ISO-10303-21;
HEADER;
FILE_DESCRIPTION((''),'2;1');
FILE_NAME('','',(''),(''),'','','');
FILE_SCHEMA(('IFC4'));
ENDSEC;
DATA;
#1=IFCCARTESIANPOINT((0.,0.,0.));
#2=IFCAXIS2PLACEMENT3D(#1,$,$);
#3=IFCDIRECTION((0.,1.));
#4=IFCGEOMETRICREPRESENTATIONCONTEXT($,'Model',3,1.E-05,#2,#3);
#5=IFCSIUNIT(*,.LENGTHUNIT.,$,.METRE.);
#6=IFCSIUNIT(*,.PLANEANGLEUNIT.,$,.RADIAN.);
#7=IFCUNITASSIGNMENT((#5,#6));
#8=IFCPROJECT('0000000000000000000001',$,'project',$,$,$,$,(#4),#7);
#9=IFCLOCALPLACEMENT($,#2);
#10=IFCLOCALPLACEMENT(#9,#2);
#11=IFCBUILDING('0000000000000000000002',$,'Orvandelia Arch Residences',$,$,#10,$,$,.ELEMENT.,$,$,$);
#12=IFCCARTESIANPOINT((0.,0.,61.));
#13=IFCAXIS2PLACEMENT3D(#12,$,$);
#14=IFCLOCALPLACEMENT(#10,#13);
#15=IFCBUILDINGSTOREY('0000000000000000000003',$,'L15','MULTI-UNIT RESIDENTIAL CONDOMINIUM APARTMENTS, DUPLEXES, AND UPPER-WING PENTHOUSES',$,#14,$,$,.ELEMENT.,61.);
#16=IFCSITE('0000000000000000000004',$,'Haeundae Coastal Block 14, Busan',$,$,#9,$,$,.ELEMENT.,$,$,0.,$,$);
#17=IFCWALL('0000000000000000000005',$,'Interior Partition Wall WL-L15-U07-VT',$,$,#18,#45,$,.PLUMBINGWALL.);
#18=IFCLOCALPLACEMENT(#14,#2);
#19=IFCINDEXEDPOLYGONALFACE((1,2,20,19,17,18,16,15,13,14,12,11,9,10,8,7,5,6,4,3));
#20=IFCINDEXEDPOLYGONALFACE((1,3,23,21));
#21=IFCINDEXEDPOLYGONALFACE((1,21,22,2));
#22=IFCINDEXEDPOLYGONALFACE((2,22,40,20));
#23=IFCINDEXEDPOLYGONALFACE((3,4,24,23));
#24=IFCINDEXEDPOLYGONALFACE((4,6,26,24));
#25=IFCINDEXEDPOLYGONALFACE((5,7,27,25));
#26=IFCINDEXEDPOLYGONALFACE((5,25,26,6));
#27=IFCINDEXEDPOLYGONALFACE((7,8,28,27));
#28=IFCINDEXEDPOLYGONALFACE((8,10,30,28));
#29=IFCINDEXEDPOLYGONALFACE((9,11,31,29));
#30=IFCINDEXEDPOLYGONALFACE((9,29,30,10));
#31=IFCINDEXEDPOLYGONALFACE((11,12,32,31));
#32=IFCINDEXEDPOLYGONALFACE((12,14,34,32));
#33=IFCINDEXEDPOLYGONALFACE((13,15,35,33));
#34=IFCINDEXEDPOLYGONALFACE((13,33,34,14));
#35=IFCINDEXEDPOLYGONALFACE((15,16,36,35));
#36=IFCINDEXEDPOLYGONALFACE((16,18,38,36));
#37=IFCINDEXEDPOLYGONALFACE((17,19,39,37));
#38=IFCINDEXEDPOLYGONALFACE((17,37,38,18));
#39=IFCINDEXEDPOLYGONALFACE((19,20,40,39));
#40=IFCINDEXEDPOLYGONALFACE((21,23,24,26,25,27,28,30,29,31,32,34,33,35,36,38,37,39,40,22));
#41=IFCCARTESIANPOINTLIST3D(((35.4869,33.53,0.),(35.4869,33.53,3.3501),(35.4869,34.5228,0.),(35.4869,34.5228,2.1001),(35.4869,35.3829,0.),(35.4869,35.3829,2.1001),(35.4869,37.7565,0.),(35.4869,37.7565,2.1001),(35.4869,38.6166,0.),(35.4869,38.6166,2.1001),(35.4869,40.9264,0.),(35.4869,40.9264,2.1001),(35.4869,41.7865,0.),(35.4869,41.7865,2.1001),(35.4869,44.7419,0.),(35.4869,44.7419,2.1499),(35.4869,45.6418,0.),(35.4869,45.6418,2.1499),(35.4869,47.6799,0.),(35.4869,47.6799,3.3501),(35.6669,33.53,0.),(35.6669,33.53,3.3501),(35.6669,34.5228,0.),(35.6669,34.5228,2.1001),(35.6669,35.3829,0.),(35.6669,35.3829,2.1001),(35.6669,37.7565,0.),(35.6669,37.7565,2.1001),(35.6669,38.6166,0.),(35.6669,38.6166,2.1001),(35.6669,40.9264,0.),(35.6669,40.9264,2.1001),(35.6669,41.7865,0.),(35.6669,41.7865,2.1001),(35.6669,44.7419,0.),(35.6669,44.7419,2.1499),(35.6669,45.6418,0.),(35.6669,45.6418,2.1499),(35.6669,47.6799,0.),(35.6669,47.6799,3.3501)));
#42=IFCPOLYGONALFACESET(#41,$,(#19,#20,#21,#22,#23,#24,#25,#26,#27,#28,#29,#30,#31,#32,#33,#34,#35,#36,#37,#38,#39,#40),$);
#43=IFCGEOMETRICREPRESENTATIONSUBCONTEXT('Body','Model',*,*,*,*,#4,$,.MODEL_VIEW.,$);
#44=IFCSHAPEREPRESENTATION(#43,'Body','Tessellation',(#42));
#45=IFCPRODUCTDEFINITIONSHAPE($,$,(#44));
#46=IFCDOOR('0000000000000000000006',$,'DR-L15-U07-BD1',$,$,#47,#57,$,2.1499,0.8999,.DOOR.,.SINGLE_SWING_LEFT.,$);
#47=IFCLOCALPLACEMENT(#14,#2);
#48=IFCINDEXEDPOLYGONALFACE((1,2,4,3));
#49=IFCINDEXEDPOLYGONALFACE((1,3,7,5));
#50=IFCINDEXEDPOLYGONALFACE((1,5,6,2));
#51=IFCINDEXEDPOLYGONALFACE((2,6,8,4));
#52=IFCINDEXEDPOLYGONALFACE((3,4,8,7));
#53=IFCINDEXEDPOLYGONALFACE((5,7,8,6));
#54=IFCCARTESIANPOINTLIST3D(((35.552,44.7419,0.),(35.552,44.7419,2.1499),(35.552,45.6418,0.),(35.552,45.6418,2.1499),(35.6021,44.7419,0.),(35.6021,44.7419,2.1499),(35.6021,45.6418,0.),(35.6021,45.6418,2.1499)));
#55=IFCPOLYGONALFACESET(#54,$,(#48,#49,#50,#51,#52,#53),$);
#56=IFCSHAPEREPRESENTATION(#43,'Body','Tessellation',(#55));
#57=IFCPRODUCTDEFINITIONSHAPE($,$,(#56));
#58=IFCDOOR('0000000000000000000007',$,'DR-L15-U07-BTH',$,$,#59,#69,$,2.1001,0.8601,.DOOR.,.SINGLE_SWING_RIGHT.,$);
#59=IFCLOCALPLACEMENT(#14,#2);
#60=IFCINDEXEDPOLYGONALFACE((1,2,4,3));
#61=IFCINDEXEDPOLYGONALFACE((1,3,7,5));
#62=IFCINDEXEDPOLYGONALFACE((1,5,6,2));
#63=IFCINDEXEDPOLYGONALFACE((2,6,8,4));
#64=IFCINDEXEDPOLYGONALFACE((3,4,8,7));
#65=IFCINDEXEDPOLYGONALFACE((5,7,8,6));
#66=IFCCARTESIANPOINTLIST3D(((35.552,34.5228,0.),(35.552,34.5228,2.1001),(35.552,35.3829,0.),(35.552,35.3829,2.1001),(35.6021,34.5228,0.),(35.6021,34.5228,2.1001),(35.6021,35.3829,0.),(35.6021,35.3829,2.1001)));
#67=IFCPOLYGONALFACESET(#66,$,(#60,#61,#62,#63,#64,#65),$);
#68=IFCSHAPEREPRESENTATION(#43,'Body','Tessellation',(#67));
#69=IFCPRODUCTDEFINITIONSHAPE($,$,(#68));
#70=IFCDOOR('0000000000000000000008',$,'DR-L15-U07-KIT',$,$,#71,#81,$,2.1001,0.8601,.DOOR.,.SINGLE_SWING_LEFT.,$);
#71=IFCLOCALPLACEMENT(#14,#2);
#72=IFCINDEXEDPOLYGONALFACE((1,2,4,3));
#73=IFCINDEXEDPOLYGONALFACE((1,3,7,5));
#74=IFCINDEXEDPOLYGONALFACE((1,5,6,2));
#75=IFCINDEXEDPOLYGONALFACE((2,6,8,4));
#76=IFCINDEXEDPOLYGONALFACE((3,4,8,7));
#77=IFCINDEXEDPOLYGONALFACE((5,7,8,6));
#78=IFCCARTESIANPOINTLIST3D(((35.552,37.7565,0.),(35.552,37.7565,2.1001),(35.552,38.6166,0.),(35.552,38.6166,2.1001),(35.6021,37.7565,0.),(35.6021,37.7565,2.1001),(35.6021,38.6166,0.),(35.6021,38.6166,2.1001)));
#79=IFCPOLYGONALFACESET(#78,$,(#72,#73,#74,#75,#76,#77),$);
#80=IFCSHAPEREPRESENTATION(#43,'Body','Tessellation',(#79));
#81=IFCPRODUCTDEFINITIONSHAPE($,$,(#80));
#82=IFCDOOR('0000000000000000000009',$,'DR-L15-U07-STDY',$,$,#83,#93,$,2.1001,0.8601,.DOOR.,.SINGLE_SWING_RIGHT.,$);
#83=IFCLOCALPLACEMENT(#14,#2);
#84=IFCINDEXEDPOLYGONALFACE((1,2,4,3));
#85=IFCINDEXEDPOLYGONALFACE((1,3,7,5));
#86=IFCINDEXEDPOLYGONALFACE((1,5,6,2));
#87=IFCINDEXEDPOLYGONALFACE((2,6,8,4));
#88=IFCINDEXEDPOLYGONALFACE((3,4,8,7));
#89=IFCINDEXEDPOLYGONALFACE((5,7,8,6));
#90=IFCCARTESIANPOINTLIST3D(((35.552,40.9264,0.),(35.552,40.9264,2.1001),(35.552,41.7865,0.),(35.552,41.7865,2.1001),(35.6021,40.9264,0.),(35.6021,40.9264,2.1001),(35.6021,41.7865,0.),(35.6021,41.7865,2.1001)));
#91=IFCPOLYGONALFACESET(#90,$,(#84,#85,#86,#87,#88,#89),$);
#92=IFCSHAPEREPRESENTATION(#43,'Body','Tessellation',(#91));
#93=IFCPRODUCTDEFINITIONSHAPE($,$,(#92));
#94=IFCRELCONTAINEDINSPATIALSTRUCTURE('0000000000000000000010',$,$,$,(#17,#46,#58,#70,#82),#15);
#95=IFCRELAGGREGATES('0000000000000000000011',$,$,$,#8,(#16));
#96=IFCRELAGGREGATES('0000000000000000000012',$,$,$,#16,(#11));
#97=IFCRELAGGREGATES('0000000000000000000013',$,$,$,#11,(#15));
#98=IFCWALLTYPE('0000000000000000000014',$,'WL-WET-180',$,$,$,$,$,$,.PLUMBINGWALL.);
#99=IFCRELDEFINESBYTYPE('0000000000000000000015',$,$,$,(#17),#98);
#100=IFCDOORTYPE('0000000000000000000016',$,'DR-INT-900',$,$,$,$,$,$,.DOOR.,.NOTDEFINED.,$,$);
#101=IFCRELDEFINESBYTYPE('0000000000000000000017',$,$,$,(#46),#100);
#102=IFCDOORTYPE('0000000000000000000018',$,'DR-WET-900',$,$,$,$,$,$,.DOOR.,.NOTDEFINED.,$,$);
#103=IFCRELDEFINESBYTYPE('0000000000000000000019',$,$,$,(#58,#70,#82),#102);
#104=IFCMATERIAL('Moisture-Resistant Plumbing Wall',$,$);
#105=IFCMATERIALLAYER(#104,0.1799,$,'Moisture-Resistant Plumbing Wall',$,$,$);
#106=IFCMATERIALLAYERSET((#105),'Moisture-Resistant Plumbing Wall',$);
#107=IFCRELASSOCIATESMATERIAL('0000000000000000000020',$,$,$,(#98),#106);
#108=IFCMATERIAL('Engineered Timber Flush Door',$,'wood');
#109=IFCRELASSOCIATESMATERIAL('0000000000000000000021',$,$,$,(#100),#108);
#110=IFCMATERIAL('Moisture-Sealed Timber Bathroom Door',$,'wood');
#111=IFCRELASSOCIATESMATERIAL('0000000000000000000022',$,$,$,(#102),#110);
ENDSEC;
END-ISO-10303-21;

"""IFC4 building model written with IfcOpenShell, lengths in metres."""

from ifc_helpers import new_model, si_unit, direction, frame, frame_2d, origin, place, context, subcontext, project, spatial, rectangle, extrude, material, layer, layer_set, type_object, element, fill, save


model = new_model("IFC4")

# Units and contexts
model_context = context("Model", 3, precision=1e-05, world=origin(), true_north=direction((0.0, 1.0)))
body_context = subcontext(model_context, "Body", "Model", "MODEL_VIEW")
ifc_project = project(units=[si_unit("LENGTHUNIT", "METRE"), si_unit("PLANEANGLEUNIT", "RADIAN")], contexts=[model_context])

# Site, building, storey
site_placement = place(None, origin())
site = spatial("IfcSite", under=ifc_project, at=site_placement, Name="Haeundae Coastal Block 14, Busan", CompositionType="ELEMENT", RefElevation=0.0)
building_placement = place(site_placement, origin())
building = spatial("IfcBuilding", under=site, at=building_placement, Name="Orvandelia Arch Residences", CompositionType="ELEMENT")
storey_placement = place(building_placement, frame((0.0, 0.0, 61.0)))
storey = spatial("IfcBuildingStorey", under=building, at=storey_placement, Name="L15", Description="MULTI-UNIT RESIDENTIAL CONDOMINIUM APARTMENTS, DUPLEXES, AND UPPER-WING PENTHOUSES", CompositionType="ELEMENT", Elevation=61.0)

# Wall, openings, doors
ifc_material_1 = material(Name="Moisture-Resistant Plumbing Wall")
ifc_layer_1 = layer(ifc_material_1, 0.1799, Name="Moisture-Resistant Plumbing Wall")
ifc_layer_set_1 = layer_set([ifc_layer_1], Name="Moisture-Resistant Plumbing Wall")
wall_type_1 = type_object("IfcWallType", Name="WL-WET-180", PredefinedType="PLUMBINGWALL", material=ifc_layer_set_1)
wall_1_placement = place(storey_placement, frame((35.5769, 33.53, 0.0), z_axis=(0.0, 0.0, 1.0), x_axis=(0.0, 1.0, 0.0)))
wall_1 = element("IfcWall", 1, at=wall_1_placement, inside=storey, type_object=wall_type_1, Name="Interior Partition Wall WL-L15-U07-VT", PredefinedType="PLUMBINGWALL", context=body_context, shape_type="SweptSolid", body=[
    extrude(rectangle(XDim=14.1499, YDim=0.1799, at=frame_2d((7.075, 0.0))), origin(), (0.0, 0.0, 1.0), 3.3501),
])
opening_1_placement = place(wall_1_placement, frame((0.9927, 0.0, 0.0)))
opening_1 = element("IfcOpeningElement", 2, at=opening_1_placement, cuts=wall_1, PredefinedType="OPENING", context=body_context, shape_type="SweptSolid", body=[
    extrude(rectangle(XDim=0.8601, YDim=2.1001, at=frame_2d((0.4302, 1.05))), frame((0.0, 0.1001, 0.0), z_axis=(0.0, -1.0, 0.0), x_axis=(1.0, 0.0, 0.0)), (0.0, 0.0, 1.0), 0.2),
])
opening_2_placement = place(wall_1_placement, frame((4.2263, 0.0, 0.0)))
opening_2 = element("IfcOpeningElement", 3, at=opening_2_placement, cuts=wall_1, PredefinedType="OPENING", context=body_context, shape_type="SweptSolid", body=[
    extrude(rectangle(XDim=0.8601, YDim=2.1001, at=frame_2d((0.4302, 1.05))), frame((0.0, 0.1001, 0.0), z_axis=(0.0, -1.0, 0.0), x_axis=(1.0, 0.0, 0.0)), (0.0, 0.0, 1.0), 0.2),
])
opening_3_placement = place(wall_1_placement, frame((7.3962, 0.0, 0.0)))
opening_3 = element("IfcOpeningElement", 4, at=opening_3_placement, cuts=wall_1, PredefinedType="OPENING", context=body_context, shape_type="SweptSolid", body=[
    extrude(rectangle(XDim=0.8601, YDim=2.1001, at=frame_2d((0.4302, 1.05))), frame((0.0, 0.1001, 0.0), z_axis=(0.0, -1.0, 0.0), x_axis=(1.0, 0.0, 0.0)), (0.0, 0.0, 1.0), 0.2),
])
opening_4_placement = place(wall_1_placement, frame((11.2119, 0.0, 0.0)))
opening_4 = element("IfcOpeningElement", 5, at=opening_4_placement, cuts=wall_1, PredefinedType="OPENING", context=body_context, shape_type="SweptSolid", body=[
    extrude(rectangle(XDim=0.8999, YDim=2.1499, at=frame_2d((0.45, 1.075))), frame((0.0, 0.1001, 0.0), z_axis=(0.0, -1.0, 0.0), x_axis=(1.0, 0.0, 0.0)), (0.0, 0.0, 1.0), 0.2),
])
ifc_material_2 = material(Name="Engineered Timber Flush Door", Category="wood")
door_type_1 = type_object("IfcDoorType", Name="DR-INT-900", OperationType="NOTDEFINED", PredefinedType="DOOR", material=ifc_material_2)
door_1_placement = place(opening_4_placement, origin())
door_1 = element("IfcDoor", 6, at=door_1_placement, inside=storey, type_object=door_type_1, Name="DR-L15-U07-BD1", OperationType="SINGLE_SWING_LEFT", OverallHeight=2.1499, OverallWidth=0.8999, PredefinedType="DOOR", context=body_context, shape_type="SweptSolid", body=[
    extrude(rectangle(XDim=0.8999, YDim=2.1499, at=frame_2d((0.45, 1.075))), frame((0.0, 0.0249, 0.0), z_axis=(0.0, -1.0, 0.0), x_axis=(1.0, 0.0, 0.0)), (0.0, 0.0, 1.0), 0.05),
])
fill(opening_4, door_1)
ifc_material_3 = material(Name="Moisture-Sealed Timber Bathroom Door", Category="wood")
door_type_2 = type_object("IfcDoorType", Name="DR-WET-900", OperationType="NOTDEFINED", PredefinedType="DOOR", material=ifc_material_3)
door_2_placement = place(opening_1_placement, origin())
door_2 = element("IfcDoor", 7, at=door_2_placement, inside=storey, type_object=door_type_2, Name="DR-L15-U07-BTH", OperationType="SINGLE_SWING_RIGHT", OverallHeight=2.1001, OverallWidth=0.8601, PredefinedType="DOOR", context=body_context, shape_type="SweptSolid", body=[
    extrude(rectangle(XDim=0.8601, YDim=2.1001, at=frame_2d((0.4302, 1.05))), frame((0.0, 0.0249, 0.0), z_axis=(0.0, -1.0, 0.0), x_axis=(1.0, 0.0, 0.0)), (0.0, 0.0, 1.0), 0.05),
])
fill(opening_1, door_2)
door_3_placement = place(opening_2_placement, origin())
door_3 = element("IfcDoor", 8, at=door_3_placement, inside=storey, type_object=door_type_2, Name="DR-L15-U07-KIT", OperationType="SINGLE_SWING_LEFT", OverallHeight=2.1001, OverallWidth=0.8601, PredefinedType="DOOR", context=body_context, shape_type="SweptSolid", body=[
    extrude(rectangle(XDim=0.8601, YDim=2.1001, at=frame_2d((0.4302, 1.05))), frame((0.0, 0.0249, 0.0), z_axis=(0.0, -1.0, 0.0), x_axis=(1.0, 0.0, 0.0)), (0.0, 0.0, 1.0), 0.05),
])
fill(opening_2, door_3)
door_4_placement = place(opening_3_placement, origin())
door_4 = element("IfcDoor", 9, at=door_4_placement, inside=storey, type_object=door_type_2, Name="DR-L15-U07-STDY", OperationType="SINGLE_SWING_RIGHT", OverallHeight=2.1001, OverallWidth=0.8601, PredefinedType="DOOR", context=body_context, shape_type="SweptSolid", body=[
    extrude(rectangle(XDim=0.8601, YDim=2.1001, at=frame_2d((0.4302, 1.05))), frame((0.0, 0.0249, 0.0), z_axis=(0.0, -1.0, 0.0), x_axis=(1.0, 0.0, 0.0)), (0.0, 0.0, 1.0), 0.05),
])
fill(opening_3, door_4)

save(model, "model.ifc")
